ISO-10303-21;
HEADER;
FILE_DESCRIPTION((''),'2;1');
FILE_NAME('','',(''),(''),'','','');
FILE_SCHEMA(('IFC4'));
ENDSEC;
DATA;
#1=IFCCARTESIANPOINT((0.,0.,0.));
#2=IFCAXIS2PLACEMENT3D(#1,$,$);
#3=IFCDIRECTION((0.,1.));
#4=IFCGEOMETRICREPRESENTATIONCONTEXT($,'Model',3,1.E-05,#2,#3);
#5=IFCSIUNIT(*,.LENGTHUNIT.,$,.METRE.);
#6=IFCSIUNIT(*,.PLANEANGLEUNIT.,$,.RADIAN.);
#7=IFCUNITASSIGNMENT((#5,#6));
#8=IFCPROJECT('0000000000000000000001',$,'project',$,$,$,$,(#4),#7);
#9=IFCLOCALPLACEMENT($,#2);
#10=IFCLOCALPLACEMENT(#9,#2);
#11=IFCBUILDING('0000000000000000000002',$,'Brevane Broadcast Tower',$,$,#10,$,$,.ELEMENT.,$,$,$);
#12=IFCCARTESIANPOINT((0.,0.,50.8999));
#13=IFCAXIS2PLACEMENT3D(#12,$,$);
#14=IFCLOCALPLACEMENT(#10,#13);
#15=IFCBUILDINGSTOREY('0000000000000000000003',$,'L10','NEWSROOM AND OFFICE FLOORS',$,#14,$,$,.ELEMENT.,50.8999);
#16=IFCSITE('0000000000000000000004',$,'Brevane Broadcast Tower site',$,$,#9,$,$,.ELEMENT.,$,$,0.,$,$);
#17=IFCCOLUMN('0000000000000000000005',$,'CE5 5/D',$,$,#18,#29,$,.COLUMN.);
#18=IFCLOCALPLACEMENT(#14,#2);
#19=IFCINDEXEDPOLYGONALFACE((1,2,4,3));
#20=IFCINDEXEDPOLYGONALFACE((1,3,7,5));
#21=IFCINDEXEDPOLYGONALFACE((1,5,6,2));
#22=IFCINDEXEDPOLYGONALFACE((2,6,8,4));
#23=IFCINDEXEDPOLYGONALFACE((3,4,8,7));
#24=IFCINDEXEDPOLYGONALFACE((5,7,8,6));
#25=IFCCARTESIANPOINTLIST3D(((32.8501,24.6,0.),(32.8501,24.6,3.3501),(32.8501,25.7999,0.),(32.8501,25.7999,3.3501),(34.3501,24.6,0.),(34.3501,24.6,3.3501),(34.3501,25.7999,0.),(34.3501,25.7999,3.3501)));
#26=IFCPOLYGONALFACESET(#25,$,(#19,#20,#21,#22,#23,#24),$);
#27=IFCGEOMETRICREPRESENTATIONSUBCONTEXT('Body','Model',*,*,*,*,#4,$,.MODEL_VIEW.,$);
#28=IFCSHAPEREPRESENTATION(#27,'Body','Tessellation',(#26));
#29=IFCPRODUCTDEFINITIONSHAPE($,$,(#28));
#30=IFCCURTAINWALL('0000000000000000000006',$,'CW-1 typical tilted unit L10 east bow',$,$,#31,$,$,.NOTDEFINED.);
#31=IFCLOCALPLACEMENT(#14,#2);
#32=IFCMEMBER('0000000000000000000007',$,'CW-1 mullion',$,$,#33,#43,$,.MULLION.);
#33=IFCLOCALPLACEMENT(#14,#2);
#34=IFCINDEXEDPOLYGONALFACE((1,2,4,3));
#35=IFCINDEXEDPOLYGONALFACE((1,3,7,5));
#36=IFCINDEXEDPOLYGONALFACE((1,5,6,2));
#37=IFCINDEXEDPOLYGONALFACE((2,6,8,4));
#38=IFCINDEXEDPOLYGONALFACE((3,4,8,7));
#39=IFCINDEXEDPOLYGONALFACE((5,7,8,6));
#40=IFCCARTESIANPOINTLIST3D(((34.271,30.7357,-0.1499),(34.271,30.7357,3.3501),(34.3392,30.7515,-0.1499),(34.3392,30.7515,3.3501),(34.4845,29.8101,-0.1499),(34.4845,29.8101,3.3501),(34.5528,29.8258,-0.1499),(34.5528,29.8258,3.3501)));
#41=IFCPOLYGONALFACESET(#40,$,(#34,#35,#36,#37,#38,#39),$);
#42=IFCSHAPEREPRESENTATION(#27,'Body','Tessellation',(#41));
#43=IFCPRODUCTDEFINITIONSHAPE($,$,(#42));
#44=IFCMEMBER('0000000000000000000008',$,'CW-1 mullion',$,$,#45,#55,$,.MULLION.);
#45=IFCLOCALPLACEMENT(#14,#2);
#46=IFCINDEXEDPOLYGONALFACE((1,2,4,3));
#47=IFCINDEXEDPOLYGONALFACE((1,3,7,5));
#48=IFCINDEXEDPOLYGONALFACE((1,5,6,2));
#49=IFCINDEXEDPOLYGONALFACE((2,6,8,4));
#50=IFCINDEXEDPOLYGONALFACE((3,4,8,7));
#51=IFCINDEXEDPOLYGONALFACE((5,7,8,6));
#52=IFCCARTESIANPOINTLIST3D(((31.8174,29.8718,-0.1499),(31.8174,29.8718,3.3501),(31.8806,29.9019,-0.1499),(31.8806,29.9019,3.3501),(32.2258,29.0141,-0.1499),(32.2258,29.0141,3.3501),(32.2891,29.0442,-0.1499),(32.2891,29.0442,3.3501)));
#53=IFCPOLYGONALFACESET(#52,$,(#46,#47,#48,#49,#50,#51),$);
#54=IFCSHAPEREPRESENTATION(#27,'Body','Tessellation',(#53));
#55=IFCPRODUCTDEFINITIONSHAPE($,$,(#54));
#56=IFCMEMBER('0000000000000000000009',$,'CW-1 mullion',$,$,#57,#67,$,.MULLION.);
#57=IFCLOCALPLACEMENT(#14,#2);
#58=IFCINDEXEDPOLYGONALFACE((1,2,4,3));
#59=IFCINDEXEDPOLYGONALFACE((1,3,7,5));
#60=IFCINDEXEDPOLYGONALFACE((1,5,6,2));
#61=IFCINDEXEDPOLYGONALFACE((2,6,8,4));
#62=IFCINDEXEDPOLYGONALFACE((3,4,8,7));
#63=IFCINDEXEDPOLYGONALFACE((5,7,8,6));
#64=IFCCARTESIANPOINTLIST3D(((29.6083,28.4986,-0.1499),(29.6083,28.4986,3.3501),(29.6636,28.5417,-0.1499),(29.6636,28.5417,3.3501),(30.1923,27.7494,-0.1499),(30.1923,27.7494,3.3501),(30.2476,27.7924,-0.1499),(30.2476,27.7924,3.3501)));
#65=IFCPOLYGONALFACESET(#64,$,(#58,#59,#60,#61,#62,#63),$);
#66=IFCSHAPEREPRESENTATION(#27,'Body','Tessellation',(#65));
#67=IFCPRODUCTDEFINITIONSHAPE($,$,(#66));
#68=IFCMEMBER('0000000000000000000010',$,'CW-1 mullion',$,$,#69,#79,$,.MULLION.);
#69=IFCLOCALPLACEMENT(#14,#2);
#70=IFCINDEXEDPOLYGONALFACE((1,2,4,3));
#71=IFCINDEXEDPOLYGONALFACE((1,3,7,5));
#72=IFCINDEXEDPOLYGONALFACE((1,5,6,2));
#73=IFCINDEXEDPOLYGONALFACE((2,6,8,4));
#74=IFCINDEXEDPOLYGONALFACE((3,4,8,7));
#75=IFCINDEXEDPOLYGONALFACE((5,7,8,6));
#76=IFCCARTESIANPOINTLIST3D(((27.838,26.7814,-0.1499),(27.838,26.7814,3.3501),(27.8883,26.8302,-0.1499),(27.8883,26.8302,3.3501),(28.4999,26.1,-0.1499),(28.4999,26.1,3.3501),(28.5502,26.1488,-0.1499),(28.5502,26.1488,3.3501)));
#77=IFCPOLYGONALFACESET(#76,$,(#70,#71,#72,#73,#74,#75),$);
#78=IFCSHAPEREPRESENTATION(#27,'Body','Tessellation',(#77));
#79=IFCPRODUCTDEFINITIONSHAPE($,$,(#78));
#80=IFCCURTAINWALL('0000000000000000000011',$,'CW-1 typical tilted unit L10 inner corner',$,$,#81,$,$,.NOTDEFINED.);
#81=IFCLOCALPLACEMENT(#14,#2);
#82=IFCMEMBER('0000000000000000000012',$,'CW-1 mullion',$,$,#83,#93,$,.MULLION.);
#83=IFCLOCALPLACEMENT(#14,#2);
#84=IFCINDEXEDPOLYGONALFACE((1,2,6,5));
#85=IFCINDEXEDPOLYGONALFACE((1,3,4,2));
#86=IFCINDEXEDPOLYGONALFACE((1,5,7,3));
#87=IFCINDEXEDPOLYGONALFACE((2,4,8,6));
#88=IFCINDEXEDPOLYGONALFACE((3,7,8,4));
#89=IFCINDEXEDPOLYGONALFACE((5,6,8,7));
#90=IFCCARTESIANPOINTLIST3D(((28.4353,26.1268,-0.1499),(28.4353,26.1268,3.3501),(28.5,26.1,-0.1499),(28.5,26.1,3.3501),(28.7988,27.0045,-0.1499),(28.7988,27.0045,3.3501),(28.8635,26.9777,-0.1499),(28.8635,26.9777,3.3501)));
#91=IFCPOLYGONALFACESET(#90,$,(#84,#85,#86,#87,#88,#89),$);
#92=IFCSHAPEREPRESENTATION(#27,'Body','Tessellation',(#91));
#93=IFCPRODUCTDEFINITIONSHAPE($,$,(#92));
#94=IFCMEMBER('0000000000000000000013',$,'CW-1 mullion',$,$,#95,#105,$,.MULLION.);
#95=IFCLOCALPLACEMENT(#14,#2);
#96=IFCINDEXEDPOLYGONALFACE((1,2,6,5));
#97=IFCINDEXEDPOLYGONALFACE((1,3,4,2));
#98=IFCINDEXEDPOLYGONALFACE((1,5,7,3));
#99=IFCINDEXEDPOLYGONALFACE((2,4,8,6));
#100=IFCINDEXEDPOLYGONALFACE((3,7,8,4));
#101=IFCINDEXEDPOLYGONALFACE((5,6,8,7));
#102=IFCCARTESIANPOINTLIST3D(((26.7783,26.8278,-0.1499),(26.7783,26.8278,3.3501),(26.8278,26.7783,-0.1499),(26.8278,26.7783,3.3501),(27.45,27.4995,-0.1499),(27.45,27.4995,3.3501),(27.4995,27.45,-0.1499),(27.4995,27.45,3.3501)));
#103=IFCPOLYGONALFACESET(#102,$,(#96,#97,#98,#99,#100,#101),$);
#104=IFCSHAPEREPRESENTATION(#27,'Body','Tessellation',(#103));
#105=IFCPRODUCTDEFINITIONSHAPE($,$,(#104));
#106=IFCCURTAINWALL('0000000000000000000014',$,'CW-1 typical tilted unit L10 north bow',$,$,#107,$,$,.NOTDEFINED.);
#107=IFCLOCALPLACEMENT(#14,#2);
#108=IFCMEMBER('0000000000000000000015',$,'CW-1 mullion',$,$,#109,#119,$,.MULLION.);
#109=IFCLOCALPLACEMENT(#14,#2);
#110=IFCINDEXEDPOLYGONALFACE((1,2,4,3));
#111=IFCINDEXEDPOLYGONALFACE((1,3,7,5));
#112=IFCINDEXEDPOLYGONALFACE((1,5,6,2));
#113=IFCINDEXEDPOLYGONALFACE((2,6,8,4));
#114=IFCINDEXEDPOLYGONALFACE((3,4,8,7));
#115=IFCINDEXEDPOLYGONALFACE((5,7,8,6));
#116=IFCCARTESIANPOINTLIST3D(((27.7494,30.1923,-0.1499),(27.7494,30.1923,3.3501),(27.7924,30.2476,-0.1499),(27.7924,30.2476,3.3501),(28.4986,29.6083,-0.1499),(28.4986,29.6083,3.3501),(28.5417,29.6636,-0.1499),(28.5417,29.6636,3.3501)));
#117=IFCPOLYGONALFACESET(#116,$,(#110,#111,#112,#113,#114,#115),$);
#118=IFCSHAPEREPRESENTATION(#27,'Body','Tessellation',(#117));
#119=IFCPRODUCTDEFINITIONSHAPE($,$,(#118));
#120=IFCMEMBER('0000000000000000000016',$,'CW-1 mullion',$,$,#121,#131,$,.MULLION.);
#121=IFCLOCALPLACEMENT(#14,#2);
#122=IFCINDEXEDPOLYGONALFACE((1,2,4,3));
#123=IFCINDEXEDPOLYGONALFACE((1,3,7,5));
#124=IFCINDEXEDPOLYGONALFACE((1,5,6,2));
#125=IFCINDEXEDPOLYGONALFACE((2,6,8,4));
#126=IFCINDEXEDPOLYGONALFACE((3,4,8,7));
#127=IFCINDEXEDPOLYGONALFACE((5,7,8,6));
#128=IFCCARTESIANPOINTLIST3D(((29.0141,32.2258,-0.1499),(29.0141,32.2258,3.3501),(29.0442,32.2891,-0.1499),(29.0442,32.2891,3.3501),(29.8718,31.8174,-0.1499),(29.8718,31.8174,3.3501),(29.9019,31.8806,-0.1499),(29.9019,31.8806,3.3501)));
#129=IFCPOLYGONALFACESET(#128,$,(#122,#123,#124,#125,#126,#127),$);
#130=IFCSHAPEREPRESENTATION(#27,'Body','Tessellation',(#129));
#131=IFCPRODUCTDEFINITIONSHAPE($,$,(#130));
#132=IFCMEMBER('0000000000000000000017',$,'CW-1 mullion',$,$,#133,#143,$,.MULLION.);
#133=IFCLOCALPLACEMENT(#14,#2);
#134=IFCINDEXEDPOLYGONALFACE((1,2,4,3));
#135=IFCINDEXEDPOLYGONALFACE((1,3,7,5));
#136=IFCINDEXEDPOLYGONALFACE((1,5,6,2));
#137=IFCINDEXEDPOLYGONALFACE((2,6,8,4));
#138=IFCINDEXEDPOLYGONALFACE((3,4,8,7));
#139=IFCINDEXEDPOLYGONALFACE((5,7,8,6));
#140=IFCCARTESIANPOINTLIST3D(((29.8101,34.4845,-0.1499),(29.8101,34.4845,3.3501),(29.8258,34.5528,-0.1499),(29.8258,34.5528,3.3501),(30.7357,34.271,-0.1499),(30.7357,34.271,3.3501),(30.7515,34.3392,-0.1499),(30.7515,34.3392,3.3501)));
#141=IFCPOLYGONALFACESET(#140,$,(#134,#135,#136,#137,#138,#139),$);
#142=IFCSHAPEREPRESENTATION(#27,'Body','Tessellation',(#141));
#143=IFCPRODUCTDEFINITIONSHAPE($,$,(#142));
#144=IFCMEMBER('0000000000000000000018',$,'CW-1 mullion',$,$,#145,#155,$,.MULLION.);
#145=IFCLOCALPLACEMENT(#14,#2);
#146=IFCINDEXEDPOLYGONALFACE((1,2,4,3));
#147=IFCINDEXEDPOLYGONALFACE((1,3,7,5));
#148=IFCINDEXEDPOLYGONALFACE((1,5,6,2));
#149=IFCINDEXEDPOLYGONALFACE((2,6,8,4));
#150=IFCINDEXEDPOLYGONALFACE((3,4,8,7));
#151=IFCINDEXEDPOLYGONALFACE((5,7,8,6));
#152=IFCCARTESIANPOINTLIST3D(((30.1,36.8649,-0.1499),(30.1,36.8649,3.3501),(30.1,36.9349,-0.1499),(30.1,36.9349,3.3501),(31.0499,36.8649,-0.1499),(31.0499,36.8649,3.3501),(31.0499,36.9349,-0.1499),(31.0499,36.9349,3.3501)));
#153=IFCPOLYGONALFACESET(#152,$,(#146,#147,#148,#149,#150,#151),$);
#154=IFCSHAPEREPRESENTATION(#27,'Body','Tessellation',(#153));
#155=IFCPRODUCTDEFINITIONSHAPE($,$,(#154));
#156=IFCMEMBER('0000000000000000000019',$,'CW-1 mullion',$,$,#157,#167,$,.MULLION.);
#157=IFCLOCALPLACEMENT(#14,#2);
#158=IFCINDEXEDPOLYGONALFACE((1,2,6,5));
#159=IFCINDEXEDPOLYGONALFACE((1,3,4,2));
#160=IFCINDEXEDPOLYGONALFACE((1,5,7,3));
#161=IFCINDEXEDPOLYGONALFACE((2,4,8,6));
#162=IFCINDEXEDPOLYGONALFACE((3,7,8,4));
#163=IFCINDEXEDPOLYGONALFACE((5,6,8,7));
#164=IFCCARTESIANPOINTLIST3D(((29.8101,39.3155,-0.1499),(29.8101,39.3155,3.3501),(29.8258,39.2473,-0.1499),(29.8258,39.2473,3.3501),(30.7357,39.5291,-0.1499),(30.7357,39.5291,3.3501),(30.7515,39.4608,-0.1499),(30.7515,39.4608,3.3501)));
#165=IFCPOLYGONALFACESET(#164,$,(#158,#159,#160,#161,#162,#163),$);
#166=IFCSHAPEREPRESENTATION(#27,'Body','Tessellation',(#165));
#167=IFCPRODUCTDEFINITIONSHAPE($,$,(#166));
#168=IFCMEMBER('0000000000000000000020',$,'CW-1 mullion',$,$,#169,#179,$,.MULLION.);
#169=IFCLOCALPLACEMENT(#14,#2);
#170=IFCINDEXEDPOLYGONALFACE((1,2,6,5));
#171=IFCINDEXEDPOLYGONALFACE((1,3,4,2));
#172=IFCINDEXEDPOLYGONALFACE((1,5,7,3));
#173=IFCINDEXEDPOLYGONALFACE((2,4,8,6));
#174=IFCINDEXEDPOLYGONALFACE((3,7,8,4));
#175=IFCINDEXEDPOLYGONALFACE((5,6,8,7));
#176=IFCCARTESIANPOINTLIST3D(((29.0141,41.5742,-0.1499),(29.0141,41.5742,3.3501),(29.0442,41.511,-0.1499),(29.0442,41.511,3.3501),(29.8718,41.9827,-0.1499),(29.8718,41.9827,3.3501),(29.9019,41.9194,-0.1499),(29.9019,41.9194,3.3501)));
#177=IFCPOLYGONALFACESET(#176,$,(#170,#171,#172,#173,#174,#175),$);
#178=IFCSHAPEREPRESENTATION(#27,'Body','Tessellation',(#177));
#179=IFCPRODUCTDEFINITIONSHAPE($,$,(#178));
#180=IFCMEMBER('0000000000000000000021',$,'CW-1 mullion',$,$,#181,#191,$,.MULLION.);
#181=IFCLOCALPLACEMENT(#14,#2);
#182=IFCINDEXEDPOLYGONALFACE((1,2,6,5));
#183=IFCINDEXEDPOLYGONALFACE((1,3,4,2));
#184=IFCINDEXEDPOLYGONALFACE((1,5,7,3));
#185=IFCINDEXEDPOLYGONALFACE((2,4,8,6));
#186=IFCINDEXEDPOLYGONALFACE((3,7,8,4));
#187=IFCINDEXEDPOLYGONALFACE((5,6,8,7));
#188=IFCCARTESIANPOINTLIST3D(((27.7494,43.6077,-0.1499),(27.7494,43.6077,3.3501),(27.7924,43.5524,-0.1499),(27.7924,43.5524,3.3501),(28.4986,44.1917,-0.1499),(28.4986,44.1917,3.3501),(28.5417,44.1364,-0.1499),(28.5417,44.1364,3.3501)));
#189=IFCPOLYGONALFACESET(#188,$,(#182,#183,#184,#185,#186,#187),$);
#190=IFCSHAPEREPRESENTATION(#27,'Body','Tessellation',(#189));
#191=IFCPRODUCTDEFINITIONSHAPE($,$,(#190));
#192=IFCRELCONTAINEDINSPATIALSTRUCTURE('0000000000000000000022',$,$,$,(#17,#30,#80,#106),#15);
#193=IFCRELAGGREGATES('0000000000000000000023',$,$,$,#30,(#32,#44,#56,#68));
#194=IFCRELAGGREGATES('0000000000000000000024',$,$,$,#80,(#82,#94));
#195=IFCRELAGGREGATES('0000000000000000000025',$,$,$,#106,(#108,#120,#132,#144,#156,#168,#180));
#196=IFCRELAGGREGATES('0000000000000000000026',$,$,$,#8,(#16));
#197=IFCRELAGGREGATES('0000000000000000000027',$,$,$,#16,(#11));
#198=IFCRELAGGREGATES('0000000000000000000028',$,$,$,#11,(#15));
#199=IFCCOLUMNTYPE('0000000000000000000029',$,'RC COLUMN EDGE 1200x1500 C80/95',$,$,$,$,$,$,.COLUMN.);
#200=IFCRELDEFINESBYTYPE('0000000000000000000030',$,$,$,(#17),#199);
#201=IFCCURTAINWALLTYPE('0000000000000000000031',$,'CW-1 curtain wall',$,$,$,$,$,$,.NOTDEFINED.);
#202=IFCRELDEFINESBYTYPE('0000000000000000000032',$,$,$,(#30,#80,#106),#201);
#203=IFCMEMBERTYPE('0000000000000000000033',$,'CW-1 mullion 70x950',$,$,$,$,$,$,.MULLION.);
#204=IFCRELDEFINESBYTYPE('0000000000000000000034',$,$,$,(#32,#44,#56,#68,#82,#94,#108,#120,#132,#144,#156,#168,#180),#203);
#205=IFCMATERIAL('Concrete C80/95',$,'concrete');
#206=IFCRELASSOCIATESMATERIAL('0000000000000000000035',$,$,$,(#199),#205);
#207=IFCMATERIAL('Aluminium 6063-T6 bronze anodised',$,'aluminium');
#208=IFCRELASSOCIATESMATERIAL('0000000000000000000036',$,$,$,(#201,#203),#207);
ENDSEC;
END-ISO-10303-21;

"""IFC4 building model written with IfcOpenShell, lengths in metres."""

from ifc_helpers import new_model, si_unit, direction, frame, origin, origin_2d, place, context, subcontext, project, spatial, rectangle, extrude, material, material_profile, profile_set, type_object, element, aggregate, save


model = new_model("IFC4")

# Units and contexts
model_context = context("Model", 3, precision=1e-05, world=origin(), true_north=direction((0.0, 1.0)))
body_context = subcontext(model_context, "Body", "Model", "MODEL_VIEW")
ifc_project = project(units=[si_unit("LENGTHUNIT", "METRE"), si_unit("PLANEANGLEUNIT", "RADIAN")], contexts=[model_context])

# Site, building, storey
site_placement = place(None, origin())
site = spatial("IfcSite", under=ifc_project, at=site_placement, Name="Brevane Broadcast Tower site", CompositionType="ELEMENT", RefElevation=0.0)
building_placement = place(site_placement, origin())
building = spatial("IfcBuilding", under=site, at=building_placement, Name="Brevane Broadcast Tower", CompositionType="ELEMENT")
storey_placement = place(building_placement, frame((0.0, 0.0, 50.8999)))
storey = spatial("IfcBuildingStorey", under=building, at=storey_placement, Name="L10", Description="NEWSROOM AND OFFICE FLOORS", CompositionType="ELEMENT", Elevation=50.8999)

# Column
ifc_material_1 = material(Name="Concrete C80/95", Category="concrete")
ifc_material_profile_1 = material_profile(ifc_material_1, rectangle(XDim=1.2, YDim=1.5, at=origin_2d()), Name="RC 1200x1500")
ifc_profile_set_1 = profile_set([ifc_material_profile_1], Name="Concrete C80/95")
column_type = type_object("IfcColumnType", Name="RC COLUMN EDGE 1200x1500 C80/95", PredefinedType="COLUMN", material=ifc_profile_set_1)
column_placement = place(storey_placement, frame((33.6001, 25.2, 0.0), z_axis=(0.0, 0.0, 1.0), x_axis=(0.0, 1.0, 0.0)))
element("IfcColumn", 1, at=column_placement, inside=storey, type_object=column_type, Name="CE5 5/D", PredefinedType="COLUMN", context=body_context, shape_type="SweptSolid", body=[
    extrude(rectangle(XDim=1.2, YDim=1.5, at=origin_2d()), origin(), (0.0, 0.0, 1.0), 3.3501),
])

# Curtain walls, members
ifc_material_2 = material(Name="Aluminium 6063-T6 bronze anodised", Category="aluminium")
curtain_wall_type = type_object("IfcCurtainWallType", Name="CW-1 curtain wall", PredefinedType="NOTDEFINED", material=ifc_material_2)
curtain_wall_1_placement = place(storey_placement, origin())
curtain_wall_1 = element("IfcCurtainWall", 2, at=curtain_wall_1_placement, inside=storey, type_object=curtain_wall_type, Name="CW-1 typical tilted unit L10 east bow", PredefinedType="NOTDEFINED")
ifc_material_profile_2 = material_profile(ifc_material_2, rectangle(XDim=0.95, YDim=0.0701, at=origin_2d()), Name="RECT 70x950")
ifc_profile_set_2 = profile_set([ifc_material_profile_2], Name="Aluminium 6063-T6 bronze anodised")
member_type_1 = type_object("IfcMemberType", Name="CW-1 mullion 70x950", PredefinedType="MULLION", material=ifc_profile_set_2)
member_1_placement = place(storey_placement, frame((34.4119, 30.2808, -0.1499), z_axis=(0.0, 0.0, 1.0), x_axis=(0.224806, -0.974403, 0.0)))
member_1 = element("IfcMember", 3, at=member_1_placement, type_object=member_type_1, Name="CW-1 mullion", PredefinedType="MULLION", context=body_context, shape_type="SweptSolid", body=[
    extrude(rectangle(XDim=0.95, YDim=0.0701, at=origin_2d()), origin(), (0.0, 0.0, 1.0), 3.5),
])
member_2_placement = place(storey_placement, frame((32.0532, 29.458, -0.1499), z_axis=(0.0, 0.0, 1.0), x_axis=(0.429934, -0.902861, 0.0)))
member_2 = element("IfcMember", 4, at=member_2_placement, type_object=member_type_1, Name="CW-1 mullion", PredefinedType="MULLION", context=body_context, shape_type="SweptSolid", body=[
    extrude(rectangle(XDim=0.95, YDim=0.0701, at=origin_2d()), origin(), (0.0, 0.0, 1.0), 3.5),
])
member_3_placement = place(storey_placement, frame((29.928, 28.1455, -0.1499), z_axis=(0.0, 0.0, 1.0), x_axis=(0.61477, -0.788707, 0.0)))
member_3 = element("IfcMember", 5, at=member_3_placement, type_object=member_type_1, Name="CW-1 mullion", PredefinedType="MULLION", context=body_context, shape_type="SweptSolid", body=[
    extrude(rectangle(XDim=0.95, YDim=0.0701, at=origin_2d()), origin(), (0.0, 0.0, 1.0), 3.5),
])
member_4_placement = place(storey_placement, frame((28.1941, 26.4651, -0.1499), z_axis=(0.0, 0.0, 1.0), x_axis=(0.696812, -0.717254, 0.0)))
member_4 = element("IfcMember", 6, at=member_4_placement, type_object=member_type_1, Name="CW-1 mullion", PredefinedType="MULLION", context=body_context, shape_type="SweptSolid", body=[
    extrude(rectangle(XDim=0.95, YDim=0.0701, at=origin_2d()), origin(), (0.0, 0.0, 1.0), 3.5),
])
curtain_wall_2_placement = place(storey_placement, origin())
curtain_wall_2 = element("IfcCurtainWall", 7, at=curtain_wall_2_placement, inside=storey, type_object=curtain_wall_type, Name="CW-1 typical tilted unit L10 inner corner", PredefinedType="NOTDEFINED")
member_5_placement = place(storey_placement, frame((28.6494, 26.5522, -0.1499), z_axis=(0.0, 0.0, 1.0), x_axis=(-0.382684, -0.923879, 0.0)))
member_5 = element("IfcMember", 8, at=member_5_placement, type_object=member_type_1, Name="CW-1 mullion", PredefinedType="MULLION", context=body_context, shape_type="SweptSolid", body=[
    extrude(rectangle(XDim=0.95, YDim=0.0701, at=origin_2d()), origin(), (0.0, 0.0, 1.0), 3.5),
])
member_6_placement = place(storey_placement, frame((27.1389, 27.1389, -0.1499), z_axis=(0.0, 0.0, 1.0), x_axis=(-0.707107, -0.707107, 0.0)))
member_6 = element("IfcMember", 9, at=member_6_placement, type_object=member_type_1, Name="CW-1 mullion", PredefinedType="MULLION", context=body_context, shape_type="SweptSolid", body=[
    extrude(rectangle(XDim=0.95, YDim=0.0701, at=origin_2d()), origin(), (0.0, 0.0, 1.0), 3.5),
])
curtain_wall_3_placement = place(storey_placement, origin())
curtain_wall_3 = element("IfcCurtainWall", 10, at=curtain_wall_3_placement, inside=storey, type_object=curtain_wall_type, Name="CW-1 typical tilted unit L10 north bow", PredefinedType="NOTDEFINED")
member_7_placement = place(storey_placement, frame((28.1455, 29.928, -0.1499), z_axis=(0.0, 0.0, 1.0), x_axis=(-0.788707, 0.61477, 0.0)))
member_7 = element("IfcMember", 11, at=member_7_placement, type_object=member_type_1, Name="CW-1 mullion", PredefinedType="MULLION", context=body_context, shape_type="SweptSolid", body=[
    extrude(rectangle(XDim=0.95, YDim=0.0701, at=origin_2d()), origin(), (0.0, 0.0, 1.0), 3.5),
])
member_8_placement = place(storey_placement, frame((29.458, 32.0532, -0.1499), z_axis=(0.0, 0.0, 1.0), x_axis=(-0.902861, 0.429934, 0.0)))
member_8 = element("IfcMember", 12, at=member_8_placement, type_object=member_type_1, Name="CW-1 mullion", PredefinedType="MULLION", context=body_context, shape_type="SweptSolid", body=[
    extrude(rectangle(XDim=0.95, YDim=0.0701, at=origin_2d()), origin(), (0.0, 0.0, 1.0), 3.5),
])
member_9_placement = place(storey_placement, frame((30.2808, 34.4119, -0.1499), z_axis=(0.0, 0.0, 1.0), x_axis=(-0.974403, 0.224806, 0.0)))
member_9 = element("IfcMember", 13, at=member_9_placement, type_object=member_type_1, Name="CW-1 mullion", PredefinedType="MULLION", context=body_context, shape_type="SweptSolid", body=[
    extrude(rectangle(XDim=0.95, YDim=0.0701, at=origin_2d()), origin(), (0.0, 0.0, 1.0), 3.5),
])
member_10_placement = place(storey_placement, frame((30.575, 36.8999, -0.1499), z_axis=(0.0, 0.0, 1.0), x_axis=(-1.0, 0.0, 0.0)))
member_10 = element("IfcMember", 14, at=member_10_placement, type_object=member_type_1, Name="CW-1 mullion", PredefinedType="MULLION", context=body_context, shape_type="SweptSolid", body=[
    extrude(rectangle(XDim=0.95, YDim=0.0701, at=origin_2d()), origin(), (0.0, 0.0, 1.0), 3.5),
])
member_11_placement = place(storey_placement, frame((30.2808, 39.3882, -0.1499), z_axis=(0.0, 0.0, 1.0), x_axis=(-0.974403, -0.224806, 0.0)))
member_11 = element("IfcMember", 15, at=member_11_placement, type_object=member_type_1, Name="CW-1 mullion", PredefinedType="MULLION", context=body_context, shape_type="SweptSolid", body=[
    extrude(rectangle(XDim=0.95, YDim=0.0701, at=origin_2d()), origin(), (0.0, 0.0, 1.0), 3.5),
])
member_12_placement = place(storey_placement, frame((29.458, 41.7468, -0.1499), z_axis=(0.0, 0.0, 1.0), x_axis=(-0.902861, -0.429934, 0.0)))
member_12 = element("IfcMember", 16, at=member_12_placement, type_object=member_type_1, Name="CW-1 mullion", PredefinedType="MULLION", context=body_context, shape_type="SweptSolid", body=[
    extrude(rectangle(XDim=0.95, YDim=0.0701, at=origin_2d()), origin(), (0.0, 0.0, 1.0), 3.5),
])
member_13_placement = place(storey_placement, frame((28.1455, 43.8721, -0.1499), z_axis=(0.0, 0.0, 1.0), x_axis=(-0.788707, -0.61477, 0.0)))
member_13 = element("IfcMember", 17, at=member_13_placement, type_object=member_type_1, Name="CW-1 mullion", PredefinedType="MULLION", context=body_context, shape_type="SweptSolid", body=[
    extrude(rectangle(XDim=0.95, YDim=0.0701, at=origin_2d()), origin(), (0.0, 0.0, 1.0), 3.5),
])

aggregate(curtain_wall_1, [member_1, member_2, member_3, member_4])
aggregate(curtain_wall_2, [member_5, member_6])
aggregate(curtain_wall_3, [member_7, member_8, member_9, member_10, member_11, member_12, member_13])

save(model, "model.ifc")
